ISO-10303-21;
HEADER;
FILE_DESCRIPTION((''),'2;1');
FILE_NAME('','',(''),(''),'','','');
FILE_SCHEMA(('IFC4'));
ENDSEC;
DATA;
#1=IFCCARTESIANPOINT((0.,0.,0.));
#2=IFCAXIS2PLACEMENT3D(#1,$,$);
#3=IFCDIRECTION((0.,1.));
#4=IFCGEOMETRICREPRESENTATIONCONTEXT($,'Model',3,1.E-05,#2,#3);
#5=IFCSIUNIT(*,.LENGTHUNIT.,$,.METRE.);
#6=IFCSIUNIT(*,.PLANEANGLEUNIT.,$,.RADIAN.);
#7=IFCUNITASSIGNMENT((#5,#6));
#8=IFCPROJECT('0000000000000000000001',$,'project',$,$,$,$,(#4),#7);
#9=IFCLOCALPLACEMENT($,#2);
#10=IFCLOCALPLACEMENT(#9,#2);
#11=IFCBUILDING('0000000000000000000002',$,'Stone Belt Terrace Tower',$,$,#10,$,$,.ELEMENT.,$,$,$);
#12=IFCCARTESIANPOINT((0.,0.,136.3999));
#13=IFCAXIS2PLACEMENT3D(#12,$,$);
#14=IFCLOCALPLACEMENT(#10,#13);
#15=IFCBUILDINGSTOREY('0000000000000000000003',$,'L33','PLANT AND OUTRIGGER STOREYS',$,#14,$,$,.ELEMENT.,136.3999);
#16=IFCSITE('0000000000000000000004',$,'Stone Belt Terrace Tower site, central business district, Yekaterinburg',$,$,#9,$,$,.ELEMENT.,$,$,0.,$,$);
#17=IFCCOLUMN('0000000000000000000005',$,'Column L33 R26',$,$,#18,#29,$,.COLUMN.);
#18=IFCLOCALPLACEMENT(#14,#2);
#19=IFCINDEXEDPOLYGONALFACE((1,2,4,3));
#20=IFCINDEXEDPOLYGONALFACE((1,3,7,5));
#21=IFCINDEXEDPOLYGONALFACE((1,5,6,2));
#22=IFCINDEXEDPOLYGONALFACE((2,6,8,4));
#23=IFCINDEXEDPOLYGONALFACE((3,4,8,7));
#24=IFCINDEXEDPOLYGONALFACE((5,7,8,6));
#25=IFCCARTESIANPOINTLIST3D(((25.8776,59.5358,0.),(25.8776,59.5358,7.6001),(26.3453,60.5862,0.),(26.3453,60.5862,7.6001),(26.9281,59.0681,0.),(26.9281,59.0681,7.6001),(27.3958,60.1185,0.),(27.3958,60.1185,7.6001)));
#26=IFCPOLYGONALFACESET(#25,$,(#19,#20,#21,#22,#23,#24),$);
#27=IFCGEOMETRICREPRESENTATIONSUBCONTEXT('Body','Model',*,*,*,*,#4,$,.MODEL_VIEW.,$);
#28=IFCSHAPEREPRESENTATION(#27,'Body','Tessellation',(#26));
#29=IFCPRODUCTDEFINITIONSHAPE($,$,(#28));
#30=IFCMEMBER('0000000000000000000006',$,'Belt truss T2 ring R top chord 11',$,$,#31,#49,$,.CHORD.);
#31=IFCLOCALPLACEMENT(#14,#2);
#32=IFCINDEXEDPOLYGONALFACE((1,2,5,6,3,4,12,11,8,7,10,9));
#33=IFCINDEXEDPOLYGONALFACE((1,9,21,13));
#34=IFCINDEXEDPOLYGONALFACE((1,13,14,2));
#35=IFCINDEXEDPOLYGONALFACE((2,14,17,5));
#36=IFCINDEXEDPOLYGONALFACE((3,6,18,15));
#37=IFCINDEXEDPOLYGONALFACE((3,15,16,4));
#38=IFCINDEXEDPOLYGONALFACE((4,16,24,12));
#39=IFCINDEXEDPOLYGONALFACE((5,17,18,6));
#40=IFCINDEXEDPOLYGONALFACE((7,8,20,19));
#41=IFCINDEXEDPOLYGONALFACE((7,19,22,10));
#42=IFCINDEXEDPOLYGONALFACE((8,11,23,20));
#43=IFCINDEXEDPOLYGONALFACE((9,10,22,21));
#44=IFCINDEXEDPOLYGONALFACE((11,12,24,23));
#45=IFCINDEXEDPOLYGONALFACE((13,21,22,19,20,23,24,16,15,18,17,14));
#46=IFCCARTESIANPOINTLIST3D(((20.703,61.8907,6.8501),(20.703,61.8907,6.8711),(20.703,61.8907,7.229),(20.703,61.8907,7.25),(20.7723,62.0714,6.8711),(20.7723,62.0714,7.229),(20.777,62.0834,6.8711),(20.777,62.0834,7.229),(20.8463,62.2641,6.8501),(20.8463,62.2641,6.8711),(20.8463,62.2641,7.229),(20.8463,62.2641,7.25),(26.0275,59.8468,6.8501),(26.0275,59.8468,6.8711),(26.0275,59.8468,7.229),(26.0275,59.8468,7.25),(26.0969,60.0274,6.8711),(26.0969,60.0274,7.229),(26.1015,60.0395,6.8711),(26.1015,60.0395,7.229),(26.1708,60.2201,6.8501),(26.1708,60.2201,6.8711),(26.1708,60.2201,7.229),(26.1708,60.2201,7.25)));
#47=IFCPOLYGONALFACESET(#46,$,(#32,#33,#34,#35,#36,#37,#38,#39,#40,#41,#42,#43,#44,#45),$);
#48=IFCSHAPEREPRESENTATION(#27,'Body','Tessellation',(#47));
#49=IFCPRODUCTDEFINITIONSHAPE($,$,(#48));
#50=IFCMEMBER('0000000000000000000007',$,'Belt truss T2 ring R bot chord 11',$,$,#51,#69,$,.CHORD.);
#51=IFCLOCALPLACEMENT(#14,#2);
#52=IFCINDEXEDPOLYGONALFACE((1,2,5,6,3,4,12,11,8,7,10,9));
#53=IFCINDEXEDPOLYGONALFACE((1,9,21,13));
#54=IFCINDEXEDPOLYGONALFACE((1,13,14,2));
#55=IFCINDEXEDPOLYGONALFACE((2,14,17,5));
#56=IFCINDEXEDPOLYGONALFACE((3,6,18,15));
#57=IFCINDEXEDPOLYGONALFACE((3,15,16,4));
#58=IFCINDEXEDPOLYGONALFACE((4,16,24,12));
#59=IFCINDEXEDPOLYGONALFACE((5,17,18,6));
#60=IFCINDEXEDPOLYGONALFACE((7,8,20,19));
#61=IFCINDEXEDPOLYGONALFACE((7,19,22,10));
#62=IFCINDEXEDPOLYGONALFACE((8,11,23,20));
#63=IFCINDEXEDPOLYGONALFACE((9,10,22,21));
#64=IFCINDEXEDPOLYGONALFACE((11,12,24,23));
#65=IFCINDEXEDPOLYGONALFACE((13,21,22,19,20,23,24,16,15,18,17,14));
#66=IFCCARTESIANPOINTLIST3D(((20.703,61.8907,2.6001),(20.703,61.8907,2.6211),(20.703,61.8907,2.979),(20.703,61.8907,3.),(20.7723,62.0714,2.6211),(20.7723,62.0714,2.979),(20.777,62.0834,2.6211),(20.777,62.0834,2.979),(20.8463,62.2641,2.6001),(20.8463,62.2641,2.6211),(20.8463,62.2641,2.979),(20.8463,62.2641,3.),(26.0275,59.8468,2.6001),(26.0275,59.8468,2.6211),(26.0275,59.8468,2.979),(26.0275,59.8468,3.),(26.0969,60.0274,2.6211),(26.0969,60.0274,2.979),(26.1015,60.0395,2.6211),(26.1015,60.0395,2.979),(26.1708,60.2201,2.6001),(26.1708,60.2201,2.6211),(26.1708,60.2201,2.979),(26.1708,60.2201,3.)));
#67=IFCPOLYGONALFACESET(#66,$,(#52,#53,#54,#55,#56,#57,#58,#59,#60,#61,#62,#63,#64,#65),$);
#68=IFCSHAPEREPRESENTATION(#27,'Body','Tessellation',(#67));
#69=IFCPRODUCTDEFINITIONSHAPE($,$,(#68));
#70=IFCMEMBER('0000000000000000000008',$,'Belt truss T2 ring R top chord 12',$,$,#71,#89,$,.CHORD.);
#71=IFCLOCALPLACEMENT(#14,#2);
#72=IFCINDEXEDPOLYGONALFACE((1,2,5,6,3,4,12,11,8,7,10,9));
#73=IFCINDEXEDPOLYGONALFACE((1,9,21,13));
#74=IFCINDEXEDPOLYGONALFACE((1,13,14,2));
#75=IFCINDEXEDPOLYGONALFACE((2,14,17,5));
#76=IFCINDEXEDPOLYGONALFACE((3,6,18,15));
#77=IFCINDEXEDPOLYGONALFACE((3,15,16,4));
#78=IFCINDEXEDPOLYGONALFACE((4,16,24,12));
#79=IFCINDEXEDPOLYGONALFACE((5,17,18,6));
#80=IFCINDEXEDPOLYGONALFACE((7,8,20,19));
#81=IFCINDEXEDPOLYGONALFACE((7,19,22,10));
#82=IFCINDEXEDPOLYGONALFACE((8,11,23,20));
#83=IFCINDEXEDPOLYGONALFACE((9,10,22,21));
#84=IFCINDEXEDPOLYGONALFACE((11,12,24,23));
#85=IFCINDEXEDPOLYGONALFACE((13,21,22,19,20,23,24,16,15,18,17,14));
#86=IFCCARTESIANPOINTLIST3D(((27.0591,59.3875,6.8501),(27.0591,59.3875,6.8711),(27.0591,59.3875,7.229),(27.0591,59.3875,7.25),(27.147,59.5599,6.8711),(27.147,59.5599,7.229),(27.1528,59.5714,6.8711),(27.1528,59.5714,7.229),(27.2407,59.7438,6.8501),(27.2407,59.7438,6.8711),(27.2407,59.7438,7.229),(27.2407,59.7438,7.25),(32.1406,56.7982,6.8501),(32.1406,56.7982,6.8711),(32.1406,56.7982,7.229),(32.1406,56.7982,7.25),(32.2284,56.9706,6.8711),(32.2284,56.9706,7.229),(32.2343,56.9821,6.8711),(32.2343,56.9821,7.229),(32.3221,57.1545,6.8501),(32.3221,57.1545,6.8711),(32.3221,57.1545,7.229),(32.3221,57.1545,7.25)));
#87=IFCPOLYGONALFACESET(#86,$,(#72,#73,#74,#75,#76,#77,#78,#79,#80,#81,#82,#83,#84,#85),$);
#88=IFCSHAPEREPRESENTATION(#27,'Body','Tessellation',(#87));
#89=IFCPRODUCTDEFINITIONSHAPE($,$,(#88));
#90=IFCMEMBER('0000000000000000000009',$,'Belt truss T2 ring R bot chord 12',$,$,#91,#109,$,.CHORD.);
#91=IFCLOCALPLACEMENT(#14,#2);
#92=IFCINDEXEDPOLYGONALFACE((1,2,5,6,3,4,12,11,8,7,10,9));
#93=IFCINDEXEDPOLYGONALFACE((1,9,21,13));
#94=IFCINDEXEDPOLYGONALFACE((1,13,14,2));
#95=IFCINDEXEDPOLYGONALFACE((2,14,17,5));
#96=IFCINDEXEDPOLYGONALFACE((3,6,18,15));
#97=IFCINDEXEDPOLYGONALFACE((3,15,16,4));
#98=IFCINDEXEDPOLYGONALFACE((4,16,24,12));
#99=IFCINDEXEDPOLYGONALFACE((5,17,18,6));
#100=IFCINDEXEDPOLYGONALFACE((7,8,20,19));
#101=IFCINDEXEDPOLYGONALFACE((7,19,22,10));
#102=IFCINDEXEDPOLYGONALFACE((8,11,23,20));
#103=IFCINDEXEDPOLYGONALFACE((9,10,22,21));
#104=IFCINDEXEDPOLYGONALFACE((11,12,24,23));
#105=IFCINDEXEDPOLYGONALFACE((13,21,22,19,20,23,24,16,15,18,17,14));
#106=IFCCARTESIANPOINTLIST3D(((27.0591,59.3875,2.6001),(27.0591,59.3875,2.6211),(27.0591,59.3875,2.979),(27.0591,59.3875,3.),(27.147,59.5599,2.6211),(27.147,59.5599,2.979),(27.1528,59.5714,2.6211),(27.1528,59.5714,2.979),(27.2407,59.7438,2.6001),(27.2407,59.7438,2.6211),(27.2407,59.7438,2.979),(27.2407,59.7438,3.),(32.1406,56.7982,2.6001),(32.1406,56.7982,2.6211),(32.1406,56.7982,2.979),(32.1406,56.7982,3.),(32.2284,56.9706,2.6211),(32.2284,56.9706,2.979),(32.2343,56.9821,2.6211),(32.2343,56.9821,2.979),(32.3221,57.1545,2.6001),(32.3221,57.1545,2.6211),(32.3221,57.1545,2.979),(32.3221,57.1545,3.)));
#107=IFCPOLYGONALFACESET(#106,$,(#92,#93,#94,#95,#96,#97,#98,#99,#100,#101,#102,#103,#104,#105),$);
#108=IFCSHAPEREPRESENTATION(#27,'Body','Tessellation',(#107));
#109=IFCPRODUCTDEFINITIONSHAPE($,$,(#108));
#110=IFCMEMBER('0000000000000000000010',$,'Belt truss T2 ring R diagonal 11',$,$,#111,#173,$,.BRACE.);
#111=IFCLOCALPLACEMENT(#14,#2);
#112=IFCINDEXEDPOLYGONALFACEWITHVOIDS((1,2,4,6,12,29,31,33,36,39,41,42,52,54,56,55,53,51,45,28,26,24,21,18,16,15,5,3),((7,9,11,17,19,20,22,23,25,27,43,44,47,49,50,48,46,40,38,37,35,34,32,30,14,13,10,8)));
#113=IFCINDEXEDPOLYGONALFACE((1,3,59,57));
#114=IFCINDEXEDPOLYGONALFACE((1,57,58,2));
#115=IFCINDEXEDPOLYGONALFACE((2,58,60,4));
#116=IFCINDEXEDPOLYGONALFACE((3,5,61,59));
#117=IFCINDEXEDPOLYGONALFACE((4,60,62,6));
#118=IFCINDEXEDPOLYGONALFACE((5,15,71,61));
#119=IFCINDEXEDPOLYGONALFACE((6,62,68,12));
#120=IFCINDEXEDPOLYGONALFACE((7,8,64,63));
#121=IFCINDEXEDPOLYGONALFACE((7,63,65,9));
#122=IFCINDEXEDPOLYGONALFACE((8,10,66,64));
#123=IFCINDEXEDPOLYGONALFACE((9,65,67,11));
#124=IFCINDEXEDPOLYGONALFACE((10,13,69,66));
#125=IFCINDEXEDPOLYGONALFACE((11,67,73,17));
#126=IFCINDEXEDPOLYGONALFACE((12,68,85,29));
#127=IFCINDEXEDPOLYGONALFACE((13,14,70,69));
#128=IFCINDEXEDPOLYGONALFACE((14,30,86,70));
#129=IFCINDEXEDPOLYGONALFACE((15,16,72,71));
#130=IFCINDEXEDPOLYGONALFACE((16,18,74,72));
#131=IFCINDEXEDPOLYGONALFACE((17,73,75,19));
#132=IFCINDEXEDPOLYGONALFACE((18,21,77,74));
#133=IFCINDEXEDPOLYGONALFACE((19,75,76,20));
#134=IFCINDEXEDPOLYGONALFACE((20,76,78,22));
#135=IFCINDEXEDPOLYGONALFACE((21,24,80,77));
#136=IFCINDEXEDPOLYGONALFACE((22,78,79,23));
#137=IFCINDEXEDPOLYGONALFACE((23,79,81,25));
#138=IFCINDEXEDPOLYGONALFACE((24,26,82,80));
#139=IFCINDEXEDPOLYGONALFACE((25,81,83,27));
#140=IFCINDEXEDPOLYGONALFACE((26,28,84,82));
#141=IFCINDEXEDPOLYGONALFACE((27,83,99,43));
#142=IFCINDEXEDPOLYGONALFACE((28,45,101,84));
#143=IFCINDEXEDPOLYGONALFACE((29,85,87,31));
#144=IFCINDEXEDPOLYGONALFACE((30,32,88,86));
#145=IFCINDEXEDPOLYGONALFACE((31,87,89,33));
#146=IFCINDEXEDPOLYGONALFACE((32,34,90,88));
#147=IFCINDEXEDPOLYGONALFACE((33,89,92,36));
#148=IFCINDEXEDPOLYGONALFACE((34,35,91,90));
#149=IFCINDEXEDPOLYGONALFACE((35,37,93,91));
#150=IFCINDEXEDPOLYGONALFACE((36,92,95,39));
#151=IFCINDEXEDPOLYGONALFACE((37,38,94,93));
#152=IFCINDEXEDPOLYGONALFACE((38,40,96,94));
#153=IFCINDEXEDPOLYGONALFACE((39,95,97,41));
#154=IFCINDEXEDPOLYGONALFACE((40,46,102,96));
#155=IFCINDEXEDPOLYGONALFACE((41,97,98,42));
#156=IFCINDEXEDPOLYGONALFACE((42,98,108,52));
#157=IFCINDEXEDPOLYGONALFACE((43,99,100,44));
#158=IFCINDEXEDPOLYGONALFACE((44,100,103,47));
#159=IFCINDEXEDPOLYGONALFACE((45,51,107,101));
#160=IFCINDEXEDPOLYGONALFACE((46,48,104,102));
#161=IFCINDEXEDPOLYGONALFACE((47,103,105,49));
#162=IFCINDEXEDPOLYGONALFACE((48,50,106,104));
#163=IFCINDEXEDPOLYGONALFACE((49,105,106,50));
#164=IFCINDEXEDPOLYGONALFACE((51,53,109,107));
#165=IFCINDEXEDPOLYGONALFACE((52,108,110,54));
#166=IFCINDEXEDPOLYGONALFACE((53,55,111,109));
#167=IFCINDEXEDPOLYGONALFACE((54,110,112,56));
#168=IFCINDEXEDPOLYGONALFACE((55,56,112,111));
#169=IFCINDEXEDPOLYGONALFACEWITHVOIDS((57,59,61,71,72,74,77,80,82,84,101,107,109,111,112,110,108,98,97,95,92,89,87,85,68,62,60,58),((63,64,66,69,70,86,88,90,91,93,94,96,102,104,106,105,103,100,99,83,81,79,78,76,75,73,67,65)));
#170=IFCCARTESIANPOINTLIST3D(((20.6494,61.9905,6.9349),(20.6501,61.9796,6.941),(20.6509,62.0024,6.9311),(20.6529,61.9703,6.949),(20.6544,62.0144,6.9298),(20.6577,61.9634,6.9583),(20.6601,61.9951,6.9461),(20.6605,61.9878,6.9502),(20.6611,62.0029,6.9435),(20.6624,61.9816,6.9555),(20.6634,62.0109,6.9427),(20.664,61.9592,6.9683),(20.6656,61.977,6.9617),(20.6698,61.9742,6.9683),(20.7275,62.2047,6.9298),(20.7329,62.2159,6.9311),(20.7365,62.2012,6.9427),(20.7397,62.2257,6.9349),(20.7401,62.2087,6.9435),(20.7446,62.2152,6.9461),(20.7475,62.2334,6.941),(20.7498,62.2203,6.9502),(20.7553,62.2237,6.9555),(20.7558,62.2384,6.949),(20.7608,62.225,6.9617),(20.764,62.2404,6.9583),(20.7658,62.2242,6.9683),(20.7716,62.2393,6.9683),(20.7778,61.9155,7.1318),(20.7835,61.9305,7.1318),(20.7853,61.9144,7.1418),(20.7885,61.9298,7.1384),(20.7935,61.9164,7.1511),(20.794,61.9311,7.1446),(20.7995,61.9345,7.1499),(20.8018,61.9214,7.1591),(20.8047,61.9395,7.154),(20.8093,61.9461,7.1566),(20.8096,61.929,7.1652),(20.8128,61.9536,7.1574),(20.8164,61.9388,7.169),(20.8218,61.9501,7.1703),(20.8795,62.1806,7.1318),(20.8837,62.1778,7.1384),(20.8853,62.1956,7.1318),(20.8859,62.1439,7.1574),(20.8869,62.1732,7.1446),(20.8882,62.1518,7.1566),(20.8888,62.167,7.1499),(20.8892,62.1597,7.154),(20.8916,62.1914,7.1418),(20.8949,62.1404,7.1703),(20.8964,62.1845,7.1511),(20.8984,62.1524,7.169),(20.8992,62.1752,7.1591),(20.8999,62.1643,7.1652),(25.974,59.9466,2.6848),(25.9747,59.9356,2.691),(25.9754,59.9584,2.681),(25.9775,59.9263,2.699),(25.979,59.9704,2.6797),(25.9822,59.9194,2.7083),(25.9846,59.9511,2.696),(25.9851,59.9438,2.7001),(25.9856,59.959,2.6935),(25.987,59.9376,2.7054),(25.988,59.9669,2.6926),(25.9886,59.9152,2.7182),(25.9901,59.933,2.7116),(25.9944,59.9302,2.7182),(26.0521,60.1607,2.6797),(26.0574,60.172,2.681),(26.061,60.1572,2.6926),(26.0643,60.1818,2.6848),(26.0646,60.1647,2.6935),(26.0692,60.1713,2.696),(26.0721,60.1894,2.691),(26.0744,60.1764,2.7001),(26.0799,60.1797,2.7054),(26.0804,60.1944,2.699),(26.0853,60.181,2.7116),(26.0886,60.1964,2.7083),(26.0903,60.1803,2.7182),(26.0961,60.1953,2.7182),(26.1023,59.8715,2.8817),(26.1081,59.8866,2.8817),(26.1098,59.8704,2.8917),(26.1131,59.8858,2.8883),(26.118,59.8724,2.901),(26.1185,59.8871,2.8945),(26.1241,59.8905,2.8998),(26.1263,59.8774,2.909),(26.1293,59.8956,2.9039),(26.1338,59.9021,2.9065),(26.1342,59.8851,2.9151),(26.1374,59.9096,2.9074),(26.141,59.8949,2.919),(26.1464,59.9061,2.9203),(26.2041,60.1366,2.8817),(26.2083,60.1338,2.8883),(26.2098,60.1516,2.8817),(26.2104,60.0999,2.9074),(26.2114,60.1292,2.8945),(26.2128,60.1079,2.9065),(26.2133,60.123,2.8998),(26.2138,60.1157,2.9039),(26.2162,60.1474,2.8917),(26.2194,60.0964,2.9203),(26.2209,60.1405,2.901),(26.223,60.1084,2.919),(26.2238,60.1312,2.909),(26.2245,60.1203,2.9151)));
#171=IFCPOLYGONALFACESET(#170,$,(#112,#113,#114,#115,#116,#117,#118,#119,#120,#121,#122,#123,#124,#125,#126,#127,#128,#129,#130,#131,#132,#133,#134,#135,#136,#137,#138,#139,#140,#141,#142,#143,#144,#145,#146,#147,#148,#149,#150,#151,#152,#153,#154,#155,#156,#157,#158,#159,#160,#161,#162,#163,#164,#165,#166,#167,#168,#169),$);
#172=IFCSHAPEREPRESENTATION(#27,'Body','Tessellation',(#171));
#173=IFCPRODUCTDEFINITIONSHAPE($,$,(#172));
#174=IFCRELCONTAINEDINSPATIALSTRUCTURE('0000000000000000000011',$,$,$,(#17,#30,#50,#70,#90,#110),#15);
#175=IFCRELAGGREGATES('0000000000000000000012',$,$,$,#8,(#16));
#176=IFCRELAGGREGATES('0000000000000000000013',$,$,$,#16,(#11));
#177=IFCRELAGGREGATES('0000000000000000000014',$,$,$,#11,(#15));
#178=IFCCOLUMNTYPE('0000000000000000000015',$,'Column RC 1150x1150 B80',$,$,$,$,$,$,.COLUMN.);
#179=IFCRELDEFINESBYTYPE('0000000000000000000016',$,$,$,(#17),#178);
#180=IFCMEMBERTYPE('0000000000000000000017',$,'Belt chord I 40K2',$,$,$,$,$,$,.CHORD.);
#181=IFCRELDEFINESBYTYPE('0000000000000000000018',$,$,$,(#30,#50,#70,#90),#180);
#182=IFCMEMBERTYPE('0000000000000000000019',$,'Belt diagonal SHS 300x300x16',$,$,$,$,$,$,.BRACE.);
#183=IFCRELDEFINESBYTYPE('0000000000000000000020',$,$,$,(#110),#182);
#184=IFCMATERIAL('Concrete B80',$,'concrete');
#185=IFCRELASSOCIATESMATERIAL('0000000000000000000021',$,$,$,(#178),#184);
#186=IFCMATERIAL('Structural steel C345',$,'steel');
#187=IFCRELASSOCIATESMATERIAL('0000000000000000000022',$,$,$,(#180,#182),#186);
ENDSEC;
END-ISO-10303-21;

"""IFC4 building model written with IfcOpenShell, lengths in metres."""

from ifc_helpers import new_model, si_unit, direction, frame, origin, origin_2d, place, context, subcontext, project, spatial, rectangle, hollow_rectangle, i_section, extrude, material, material_profile, profile_set, type_object, element, save


model = new_model("IFC4")

# Units and contexts
model_context = context("Model", 3, precision=1e-05, world=origin(), true_north=direction((0.0, 1.0)))
body_context = subcontext(model_context, "Body", "Model", "MODEL_VIEW")
ifc_project = project(units=[si_unit("LENGTHUNIT", "METRE"), si_unit("PLANEANGLEUNIT", "RADIAN")], contexts=[model_context])

# Site, building, storey
site_placement = place(None, origin())
site = spatial("IfcSite", under=ifc_project, at=site_placement, Name="Stone Belt Terrace Tower site, central business district, Yekaterinburg", CompositionType="ELEMENT", RefElevation=0.0)
building_placement = place(site_placement, origin())
building = spatial("IfcBuilding", under=site, at=building_placement, Name="Stone Belt Terrace Tower", CompositionType="ELEMENT")
storey_placement = place(building_placement, frame((0.0, 0.0, 136.3999)))
storey = spatial("IfcBuildingStorey", under=building, at=storey_placement, Name="L33", Description="PLANT AND OUTRIGGER STOREYS", CompositionType="ELEMENT", Elevation=136.3999)

# Column
ifc_material_1 = material(Name="Concrete B80", Category="concrete")
ifc_material_profile_1 = material_profile(ifc_material_1, rectangle(XDim=1.1499, YDim=1.1499, at=origin_2d()), Name="RC 1150x1150")
ifc_profile_set_1 = profile_set([ifc_material_profile_1], Name="Concrete B80")
column_type = type_object("IfcColumnType", Name="Column RC 1150x1150 B80", PredefinedType="COLUMN", material=ifc_profile_set_1)
column_placement = place(storey_placement, frame((26.6367, 59.8271, 0.0), z_axis=(0.0, 0.0, 1.0), x_axis=(0.913545, -0.406737, 0.0)))
element("IfcColumn", 1, at=column_placement, inside=storey, type_object=column_type, Name="Column L33 R26", PredefinedType="COLUMN", context=body_context, shape_type="SweptSolid", body=[
    extrude(rectangle(XDim=1.1499, YDim=1.1499, at=origin_2d()), origin(), (0.0, 0.0, 1.0), 7.6001),
])

# Members
ifc_material_2 = material(Name="Structural steel C345", Category="steel")
ifc_material_profile_2 = material_profile(ifc_material_2, i_section(OverallWidth=0.3999, OverallDepth=0.3999, WebThickness=0.0129, FlangeThickness=0.021, at=origin_2d()), Name="I 40K2")
ifc_profile_set_2 = profile_set([ifc_material_profile_2], Name="Structural steel C345")
member_type_1 = type_object("IfcMemberType", Name="Belt chord I 40K2", PredefinedType="CHORD", material=ifc_profile_set_2)
for number, where, z_axis, x_axis, name in (
    (2, (20.7747, 62.0774, 7.05), (0.933576, -0.358379, 0.0), (0.358379, 0.933576, 0.0), "Belt truss T2 ring R top chord 11"),
    (3, (20.7747, 62.0774, 2.8), (0.933576, -0.358379, 0.0), (0.358379, 0.933576, 0.0), "Belt truss T2 ring R bot chord 11"),
):
    element("IfcMember", number, at=place(storey_placement, frame(where, z_axis=z_axis, x_axis=x_axis)), inside=storey, type_object=member_type_1, Name=name, PredefinedType="CHORD", context=body_context, shape_type="SweptSolid", body=[
        extrude(i_section(OverallWidth=0.3999, OverallDepth=0.3999, WebThickness=0.0129, FlangeThickness=0.021, at=origin_2d()), origin(), (0.0, 0.0, 1.0), 5.7034),
    ])
for number, where, z_axis, x_axis, name in (
    (4, (27.1499, 59.5657, 7.05), (0.890994, -0.454016, 0.0), (0.454016, 0.890994, 0.0), "Belt truss T2 ring R top chord 12"),
    (5, (27.1499, 59.5657, 2.8), (0.890994, -0.454016, 0.0), (0.454016, 0.890994, 0.0), "Belt truss T2 ring R bot chord 12"),
):
    element("IfcMember", number, at=place(storey_placement, frame(where, z_axis=z_axis, x_axis=x_axis)), inside=storey, type_object=member_type_1, Name=name, PredefinedType="CHORD", context=body_context, shape_type="SweptSolid", body=[
        extrude(i_section(OverallWidth=0.3999, OverallDepth=0.3999, WebThickness=0.0129, FlangeThickness=0.021, at=origin_2d()), origin(), (0.0, 0.0, 1.0), 5.7031),
    ])
ifc_material_profile_3 = material_profile(ifc_material_2, hollow_rectangle(XDim=0.3, YDim=0.3, WallThickness=0.0161, InnerFilletRadius=0.032, OuterFilletRadius=0.0481, at=origin_2d()), Name="SHS 300x300x16")
ifc_profile_set_3 = profile_set([ifc_material_profile_3], Name="Structural steel C345")
member_type_2 = type_object("IfcMemberType", Name="Belt diagonal SHS 300x300x16", PredefinedType="BRACE", material=ifc_profile_set_3)
member_1_placement = place(storey_placement, frame((20.7747, 62.0774, 7.05), z_axis=(0.748588, -0.287367, -0.597525), x_axis=(0.358379, 0.933576, 0.0)))
element("IfcMember", 6, at=member_1_placement, inside=storey, type_object=member_type_2, Name="Belt truss T2 ring R diagonal 11", PredefinedType="BRACE", context=body_context, shape_type="SweptSolid", body=[
    extrude(hollow_rectangle(XDim=0.3, YDim=0.3, WallThickness=0.0161, InnerFilletRadius=0.032, OuterFilletRadius=0.0481, at=origin_2d()), origin(), (0.0, 0.0, 1.0), 7.1128),
])

save(model, "model.ifc")
